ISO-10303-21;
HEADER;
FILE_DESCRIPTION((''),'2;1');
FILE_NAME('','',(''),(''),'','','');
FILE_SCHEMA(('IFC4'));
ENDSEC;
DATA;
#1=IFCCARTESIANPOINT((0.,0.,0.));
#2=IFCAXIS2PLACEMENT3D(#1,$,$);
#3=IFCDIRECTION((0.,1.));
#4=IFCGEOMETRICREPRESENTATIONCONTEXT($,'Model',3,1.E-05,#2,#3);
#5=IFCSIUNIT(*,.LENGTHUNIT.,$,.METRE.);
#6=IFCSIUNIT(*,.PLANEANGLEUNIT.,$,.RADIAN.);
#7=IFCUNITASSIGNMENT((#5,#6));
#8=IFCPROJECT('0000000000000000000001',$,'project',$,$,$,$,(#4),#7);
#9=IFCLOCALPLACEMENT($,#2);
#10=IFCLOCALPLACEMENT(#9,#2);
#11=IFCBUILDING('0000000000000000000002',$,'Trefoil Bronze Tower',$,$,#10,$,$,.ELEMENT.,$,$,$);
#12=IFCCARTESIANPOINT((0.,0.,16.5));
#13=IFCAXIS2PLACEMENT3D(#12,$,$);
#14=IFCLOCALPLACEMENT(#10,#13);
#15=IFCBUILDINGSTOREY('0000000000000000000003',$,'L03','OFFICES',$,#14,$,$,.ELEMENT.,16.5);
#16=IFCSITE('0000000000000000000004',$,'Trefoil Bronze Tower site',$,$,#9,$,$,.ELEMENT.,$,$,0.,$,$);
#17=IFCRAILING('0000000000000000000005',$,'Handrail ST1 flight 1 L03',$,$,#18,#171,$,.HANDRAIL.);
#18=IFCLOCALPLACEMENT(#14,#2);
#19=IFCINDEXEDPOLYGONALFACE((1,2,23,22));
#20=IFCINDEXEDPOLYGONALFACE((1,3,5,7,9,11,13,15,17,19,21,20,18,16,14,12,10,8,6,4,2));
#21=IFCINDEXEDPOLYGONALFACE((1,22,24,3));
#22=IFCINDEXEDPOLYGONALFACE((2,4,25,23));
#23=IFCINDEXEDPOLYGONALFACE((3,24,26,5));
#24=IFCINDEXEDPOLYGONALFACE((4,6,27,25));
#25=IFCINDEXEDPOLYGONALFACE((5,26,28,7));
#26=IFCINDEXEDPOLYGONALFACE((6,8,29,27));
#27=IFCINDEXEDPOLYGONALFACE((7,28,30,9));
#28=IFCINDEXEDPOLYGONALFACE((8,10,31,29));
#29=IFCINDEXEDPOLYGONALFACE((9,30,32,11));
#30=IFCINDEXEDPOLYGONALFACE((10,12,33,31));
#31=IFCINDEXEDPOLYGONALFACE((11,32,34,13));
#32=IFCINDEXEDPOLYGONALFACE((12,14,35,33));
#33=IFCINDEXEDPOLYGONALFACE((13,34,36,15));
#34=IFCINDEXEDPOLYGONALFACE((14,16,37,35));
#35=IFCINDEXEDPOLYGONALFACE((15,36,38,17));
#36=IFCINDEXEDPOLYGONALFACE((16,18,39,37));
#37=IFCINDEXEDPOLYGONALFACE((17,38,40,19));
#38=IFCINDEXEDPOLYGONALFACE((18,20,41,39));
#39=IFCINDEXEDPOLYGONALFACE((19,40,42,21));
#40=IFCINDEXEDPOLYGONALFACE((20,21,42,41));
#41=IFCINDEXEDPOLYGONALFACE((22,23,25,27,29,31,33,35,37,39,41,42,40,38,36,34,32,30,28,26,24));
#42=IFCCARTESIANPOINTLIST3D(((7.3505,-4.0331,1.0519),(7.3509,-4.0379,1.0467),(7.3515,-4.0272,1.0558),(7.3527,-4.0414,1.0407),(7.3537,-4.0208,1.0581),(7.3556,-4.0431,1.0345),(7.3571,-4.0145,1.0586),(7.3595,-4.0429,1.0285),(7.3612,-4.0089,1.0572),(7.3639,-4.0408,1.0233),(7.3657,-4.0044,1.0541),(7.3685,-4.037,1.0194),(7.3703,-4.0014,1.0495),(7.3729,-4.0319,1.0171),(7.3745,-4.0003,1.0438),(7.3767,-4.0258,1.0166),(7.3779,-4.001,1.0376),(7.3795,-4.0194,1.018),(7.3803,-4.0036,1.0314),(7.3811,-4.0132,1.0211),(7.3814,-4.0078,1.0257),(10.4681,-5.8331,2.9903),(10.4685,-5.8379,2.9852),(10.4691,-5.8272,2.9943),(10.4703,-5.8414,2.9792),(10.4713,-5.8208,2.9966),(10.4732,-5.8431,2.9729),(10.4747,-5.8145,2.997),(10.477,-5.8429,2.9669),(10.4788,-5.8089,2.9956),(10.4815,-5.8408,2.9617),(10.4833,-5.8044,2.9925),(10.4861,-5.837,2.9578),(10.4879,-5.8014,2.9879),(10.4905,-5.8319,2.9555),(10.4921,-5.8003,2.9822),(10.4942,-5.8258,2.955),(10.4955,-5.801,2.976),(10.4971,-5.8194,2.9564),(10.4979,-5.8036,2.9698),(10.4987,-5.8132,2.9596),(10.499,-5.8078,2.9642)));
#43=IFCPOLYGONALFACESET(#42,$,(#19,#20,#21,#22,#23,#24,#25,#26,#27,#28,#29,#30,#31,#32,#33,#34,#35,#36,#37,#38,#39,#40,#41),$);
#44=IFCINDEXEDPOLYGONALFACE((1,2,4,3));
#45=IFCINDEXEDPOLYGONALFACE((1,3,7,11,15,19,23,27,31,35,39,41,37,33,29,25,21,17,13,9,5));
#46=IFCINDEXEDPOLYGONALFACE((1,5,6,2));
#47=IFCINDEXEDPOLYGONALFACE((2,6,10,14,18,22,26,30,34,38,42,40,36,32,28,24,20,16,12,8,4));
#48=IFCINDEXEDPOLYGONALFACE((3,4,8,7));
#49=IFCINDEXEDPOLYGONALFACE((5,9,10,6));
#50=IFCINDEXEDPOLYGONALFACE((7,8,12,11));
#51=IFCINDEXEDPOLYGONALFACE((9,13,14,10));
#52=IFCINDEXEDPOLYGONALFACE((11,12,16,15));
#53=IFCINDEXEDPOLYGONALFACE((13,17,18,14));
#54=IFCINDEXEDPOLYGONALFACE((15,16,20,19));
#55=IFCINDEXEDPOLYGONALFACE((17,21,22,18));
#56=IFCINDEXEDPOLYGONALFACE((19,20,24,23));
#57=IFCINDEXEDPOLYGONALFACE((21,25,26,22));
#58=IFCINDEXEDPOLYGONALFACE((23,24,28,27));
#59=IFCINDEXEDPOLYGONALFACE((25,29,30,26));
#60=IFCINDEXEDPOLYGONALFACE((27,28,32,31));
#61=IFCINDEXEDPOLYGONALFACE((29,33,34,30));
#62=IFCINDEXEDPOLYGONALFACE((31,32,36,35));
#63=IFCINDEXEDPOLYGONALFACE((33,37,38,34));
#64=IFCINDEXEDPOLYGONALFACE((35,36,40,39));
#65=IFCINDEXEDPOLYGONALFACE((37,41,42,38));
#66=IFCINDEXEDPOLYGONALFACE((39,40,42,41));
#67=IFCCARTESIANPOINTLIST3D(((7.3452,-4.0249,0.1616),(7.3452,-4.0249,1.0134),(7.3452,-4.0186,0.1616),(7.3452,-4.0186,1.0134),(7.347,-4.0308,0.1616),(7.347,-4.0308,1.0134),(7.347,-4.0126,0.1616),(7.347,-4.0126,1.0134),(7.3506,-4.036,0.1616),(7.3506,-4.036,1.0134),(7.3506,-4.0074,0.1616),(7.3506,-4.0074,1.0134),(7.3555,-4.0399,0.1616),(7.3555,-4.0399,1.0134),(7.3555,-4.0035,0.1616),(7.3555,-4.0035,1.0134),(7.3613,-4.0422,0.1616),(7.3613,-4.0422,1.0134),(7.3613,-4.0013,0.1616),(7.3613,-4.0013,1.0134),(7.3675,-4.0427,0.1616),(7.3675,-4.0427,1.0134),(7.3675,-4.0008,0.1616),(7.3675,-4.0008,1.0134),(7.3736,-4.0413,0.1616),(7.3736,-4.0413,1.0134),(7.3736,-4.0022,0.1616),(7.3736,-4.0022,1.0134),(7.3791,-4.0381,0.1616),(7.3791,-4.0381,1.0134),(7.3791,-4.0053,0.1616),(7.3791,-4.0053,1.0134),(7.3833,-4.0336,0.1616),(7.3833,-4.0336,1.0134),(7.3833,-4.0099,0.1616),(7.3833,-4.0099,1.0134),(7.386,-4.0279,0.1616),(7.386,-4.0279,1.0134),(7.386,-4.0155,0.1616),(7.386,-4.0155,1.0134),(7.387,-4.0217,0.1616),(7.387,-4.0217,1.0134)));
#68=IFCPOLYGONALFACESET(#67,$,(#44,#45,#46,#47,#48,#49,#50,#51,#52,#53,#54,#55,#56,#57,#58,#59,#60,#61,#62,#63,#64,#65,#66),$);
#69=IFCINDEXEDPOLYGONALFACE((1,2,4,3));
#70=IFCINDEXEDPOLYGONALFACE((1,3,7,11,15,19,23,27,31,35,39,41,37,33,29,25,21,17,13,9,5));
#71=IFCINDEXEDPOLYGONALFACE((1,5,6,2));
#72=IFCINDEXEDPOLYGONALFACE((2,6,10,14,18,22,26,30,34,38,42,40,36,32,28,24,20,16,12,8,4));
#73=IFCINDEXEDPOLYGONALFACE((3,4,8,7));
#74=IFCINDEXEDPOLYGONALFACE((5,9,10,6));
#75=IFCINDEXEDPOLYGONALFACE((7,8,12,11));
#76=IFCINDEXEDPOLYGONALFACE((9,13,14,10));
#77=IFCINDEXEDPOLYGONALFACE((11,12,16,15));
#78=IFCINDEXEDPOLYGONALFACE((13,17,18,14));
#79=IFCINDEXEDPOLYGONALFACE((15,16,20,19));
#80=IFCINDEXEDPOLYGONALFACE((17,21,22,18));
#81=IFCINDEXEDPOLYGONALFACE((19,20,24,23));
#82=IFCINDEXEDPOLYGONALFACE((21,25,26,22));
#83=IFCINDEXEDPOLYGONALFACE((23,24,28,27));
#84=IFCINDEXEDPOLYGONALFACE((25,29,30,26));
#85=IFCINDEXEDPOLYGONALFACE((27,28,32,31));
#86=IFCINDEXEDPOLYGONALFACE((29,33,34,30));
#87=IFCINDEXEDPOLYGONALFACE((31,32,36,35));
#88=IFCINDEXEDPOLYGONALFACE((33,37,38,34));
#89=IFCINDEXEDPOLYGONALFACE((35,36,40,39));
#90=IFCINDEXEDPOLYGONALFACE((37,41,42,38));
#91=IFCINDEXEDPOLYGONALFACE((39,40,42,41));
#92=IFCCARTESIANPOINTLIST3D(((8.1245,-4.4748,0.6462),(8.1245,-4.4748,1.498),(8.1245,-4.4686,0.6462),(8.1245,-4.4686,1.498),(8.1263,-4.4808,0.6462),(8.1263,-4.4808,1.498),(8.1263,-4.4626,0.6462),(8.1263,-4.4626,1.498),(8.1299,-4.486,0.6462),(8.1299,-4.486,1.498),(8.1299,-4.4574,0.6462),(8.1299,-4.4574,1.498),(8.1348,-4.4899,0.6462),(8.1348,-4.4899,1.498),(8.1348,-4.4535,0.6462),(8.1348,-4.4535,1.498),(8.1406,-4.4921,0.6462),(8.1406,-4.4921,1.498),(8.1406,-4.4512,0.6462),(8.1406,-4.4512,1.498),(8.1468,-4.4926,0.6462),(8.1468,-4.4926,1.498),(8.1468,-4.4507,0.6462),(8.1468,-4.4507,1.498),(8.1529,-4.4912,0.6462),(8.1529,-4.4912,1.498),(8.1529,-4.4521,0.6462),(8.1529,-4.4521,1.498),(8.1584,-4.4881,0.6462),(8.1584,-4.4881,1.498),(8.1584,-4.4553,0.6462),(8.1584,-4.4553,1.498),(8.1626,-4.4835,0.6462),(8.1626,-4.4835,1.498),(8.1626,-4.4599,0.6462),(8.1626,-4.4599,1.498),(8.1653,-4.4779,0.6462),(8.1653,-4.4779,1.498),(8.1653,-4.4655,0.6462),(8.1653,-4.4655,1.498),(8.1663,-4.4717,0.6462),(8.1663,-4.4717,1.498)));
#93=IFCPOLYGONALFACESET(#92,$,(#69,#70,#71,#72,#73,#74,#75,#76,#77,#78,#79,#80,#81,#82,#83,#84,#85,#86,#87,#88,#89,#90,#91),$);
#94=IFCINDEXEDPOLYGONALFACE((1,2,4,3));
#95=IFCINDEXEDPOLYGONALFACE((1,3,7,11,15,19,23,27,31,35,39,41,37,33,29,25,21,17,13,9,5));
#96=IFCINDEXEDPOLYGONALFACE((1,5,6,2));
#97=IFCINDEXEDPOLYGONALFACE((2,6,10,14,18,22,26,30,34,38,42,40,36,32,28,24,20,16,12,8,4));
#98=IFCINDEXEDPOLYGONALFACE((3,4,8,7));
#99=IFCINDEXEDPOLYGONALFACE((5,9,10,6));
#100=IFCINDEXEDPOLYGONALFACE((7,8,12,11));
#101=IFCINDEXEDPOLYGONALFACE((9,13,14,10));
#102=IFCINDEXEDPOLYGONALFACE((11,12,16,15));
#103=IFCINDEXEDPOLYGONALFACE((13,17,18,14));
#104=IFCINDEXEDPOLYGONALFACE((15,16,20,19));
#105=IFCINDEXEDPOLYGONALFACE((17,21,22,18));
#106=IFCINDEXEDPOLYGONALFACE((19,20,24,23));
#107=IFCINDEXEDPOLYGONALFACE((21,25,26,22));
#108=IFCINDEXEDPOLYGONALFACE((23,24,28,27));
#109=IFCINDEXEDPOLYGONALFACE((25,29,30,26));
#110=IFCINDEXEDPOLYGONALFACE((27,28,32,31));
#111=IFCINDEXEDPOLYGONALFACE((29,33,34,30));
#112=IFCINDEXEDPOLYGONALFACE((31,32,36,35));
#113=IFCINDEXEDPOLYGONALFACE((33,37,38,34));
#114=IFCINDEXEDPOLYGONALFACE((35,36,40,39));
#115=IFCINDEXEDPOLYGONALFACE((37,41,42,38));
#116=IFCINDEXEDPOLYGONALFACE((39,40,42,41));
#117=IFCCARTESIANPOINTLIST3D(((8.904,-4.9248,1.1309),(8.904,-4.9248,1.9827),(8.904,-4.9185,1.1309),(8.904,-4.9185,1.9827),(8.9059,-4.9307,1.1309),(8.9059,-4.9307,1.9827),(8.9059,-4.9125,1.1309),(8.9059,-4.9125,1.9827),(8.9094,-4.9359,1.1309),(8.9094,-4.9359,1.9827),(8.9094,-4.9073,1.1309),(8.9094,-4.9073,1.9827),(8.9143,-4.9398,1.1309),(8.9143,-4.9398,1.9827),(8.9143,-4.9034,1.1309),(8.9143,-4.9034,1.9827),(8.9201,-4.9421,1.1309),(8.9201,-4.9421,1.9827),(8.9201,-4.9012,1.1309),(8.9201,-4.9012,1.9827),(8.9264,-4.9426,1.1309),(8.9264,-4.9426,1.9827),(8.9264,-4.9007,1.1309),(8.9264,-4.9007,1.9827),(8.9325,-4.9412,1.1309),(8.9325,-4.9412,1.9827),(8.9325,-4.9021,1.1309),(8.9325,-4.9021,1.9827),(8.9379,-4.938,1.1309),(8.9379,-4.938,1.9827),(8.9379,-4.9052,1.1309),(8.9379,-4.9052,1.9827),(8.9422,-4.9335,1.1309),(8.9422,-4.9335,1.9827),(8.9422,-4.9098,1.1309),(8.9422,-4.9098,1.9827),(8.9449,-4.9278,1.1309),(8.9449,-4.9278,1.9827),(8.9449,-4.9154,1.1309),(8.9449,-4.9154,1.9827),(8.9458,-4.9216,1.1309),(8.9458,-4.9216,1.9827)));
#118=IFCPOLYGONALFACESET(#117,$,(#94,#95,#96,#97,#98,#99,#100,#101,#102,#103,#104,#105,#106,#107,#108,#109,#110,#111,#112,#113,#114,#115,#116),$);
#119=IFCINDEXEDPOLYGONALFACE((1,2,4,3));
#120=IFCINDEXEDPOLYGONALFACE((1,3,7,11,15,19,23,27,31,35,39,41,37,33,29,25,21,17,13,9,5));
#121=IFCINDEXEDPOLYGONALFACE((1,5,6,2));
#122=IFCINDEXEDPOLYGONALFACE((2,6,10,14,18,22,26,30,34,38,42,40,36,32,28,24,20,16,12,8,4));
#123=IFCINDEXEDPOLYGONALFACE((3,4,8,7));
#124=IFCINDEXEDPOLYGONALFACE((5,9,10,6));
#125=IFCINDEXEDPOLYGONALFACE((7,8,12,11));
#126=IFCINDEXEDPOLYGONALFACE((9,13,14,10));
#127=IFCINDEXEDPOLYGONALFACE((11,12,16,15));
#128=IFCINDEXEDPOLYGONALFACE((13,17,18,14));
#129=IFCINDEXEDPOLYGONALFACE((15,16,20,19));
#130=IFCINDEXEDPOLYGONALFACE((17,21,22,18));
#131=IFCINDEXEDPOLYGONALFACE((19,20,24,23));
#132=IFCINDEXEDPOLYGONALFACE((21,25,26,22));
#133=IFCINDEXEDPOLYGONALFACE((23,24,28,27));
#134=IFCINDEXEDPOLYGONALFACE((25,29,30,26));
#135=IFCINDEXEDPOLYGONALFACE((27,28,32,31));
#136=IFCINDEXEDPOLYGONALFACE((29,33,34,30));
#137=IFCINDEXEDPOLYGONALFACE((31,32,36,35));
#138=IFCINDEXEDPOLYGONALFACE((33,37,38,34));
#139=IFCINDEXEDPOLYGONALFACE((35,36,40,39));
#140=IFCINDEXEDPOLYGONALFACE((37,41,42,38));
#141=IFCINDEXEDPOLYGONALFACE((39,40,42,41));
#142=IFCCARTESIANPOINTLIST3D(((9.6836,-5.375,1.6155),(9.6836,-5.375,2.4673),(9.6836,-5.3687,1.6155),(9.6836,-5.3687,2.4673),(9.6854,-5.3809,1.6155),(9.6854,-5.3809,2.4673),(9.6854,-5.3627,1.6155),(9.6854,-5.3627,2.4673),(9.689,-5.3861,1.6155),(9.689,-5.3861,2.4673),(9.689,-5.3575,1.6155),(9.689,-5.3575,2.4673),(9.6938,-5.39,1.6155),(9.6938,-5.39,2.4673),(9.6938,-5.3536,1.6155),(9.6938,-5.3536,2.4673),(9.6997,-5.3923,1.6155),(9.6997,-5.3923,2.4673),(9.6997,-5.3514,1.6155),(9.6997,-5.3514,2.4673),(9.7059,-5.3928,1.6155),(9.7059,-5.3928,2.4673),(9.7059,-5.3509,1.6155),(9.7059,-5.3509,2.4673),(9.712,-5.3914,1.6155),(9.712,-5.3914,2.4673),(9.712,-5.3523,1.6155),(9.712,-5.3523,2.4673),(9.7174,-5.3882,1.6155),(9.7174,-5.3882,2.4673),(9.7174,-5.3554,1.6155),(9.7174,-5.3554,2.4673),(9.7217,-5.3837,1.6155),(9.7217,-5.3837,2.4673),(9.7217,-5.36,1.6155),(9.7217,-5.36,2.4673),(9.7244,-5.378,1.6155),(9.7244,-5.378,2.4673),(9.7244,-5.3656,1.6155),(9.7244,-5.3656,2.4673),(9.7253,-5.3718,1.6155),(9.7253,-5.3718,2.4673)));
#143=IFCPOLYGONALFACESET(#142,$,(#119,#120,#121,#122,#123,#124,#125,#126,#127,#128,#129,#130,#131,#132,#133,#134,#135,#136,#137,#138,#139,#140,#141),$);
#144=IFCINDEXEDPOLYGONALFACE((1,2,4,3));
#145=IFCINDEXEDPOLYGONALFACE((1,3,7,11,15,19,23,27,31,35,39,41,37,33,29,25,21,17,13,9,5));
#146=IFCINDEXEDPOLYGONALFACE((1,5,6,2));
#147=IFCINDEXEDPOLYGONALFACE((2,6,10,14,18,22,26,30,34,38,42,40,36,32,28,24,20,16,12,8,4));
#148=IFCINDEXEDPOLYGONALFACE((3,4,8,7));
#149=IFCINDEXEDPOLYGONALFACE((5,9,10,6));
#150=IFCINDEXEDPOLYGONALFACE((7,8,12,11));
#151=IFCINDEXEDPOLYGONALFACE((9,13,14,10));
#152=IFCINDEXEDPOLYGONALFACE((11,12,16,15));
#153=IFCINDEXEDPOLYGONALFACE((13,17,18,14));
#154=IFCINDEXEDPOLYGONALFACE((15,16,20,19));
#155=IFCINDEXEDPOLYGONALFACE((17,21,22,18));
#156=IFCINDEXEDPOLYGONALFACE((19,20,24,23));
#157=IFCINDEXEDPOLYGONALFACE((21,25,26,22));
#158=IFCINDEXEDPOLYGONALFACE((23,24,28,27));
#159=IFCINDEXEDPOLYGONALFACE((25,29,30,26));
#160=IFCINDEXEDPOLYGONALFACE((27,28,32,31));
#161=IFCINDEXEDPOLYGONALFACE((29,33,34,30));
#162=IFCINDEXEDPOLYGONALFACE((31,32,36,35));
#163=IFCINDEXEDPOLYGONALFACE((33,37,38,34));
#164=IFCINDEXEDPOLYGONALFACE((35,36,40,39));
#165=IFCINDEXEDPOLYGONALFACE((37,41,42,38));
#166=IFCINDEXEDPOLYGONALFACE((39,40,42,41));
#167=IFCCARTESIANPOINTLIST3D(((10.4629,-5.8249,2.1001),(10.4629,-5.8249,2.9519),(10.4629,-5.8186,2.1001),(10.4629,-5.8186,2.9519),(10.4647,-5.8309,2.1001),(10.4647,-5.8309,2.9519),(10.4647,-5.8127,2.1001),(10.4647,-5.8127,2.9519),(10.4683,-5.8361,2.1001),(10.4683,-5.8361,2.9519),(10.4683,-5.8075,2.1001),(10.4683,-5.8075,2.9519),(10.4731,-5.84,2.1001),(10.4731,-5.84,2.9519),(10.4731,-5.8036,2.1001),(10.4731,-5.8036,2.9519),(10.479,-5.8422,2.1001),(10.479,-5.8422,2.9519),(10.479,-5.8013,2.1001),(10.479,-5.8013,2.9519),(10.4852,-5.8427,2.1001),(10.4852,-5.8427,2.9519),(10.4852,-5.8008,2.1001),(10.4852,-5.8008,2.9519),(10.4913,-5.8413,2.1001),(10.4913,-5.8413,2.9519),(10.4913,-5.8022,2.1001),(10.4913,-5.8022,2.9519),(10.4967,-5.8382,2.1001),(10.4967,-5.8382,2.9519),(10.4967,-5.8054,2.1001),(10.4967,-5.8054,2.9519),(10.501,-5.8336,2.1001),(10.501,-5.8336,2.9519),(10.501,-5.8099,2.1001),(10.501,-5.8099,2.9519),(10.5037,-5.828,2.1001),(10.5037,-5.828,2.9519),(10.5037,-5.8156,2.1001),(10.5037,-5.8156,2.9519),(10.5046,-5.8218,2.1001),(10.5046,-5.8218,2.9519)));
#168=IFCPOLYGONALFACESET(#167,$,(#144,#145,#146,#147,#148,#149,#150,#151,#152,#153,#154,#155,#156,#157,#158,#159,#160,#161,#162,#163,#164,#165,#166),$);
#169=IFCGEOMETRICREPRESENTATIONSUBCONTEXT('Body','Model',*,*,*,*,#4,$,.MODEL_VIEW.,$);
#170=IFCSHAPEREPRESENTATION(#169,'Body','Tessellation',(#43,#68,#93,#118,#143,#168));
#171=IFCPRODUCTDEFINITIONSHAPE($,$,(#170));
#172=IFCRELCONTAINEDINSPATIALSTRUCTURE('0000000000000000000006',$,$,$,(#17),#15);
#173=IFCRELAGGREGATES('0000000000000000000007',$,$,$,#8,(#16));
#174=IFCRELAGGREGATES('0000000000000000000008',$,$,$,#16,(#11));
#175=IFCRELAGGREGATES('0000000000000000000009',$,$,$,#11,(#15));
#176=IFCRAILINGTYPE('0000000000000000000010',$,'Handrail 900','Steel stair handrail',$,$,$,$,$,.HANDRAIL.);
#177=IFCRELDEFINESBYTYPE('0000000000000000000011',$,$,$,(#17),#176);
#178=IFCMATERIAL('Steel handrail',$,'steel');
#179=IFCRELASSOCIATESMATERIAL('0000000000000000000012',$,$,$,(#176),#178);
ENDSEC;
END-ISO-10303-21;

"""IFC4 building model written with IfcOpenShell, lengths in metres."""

from ifc_helpers import new_model, si_unit, direction, frame, origin, origin_2d, place, context, subcontext, project, spatial, circle, extrude, material, type_object, element, save


model = new_model("IFC4")

# Units and contexts
model_context = context("Model", 3, precision=1e-05, world=origin(), true_north=direction((0.0, 1.0)))
body_context = subcontext(model_context, "Body", "Model", "MODEL_VIEW")
ifc_project = project(units=[si_unit("LENGTHUNIT", "METRE"), si_unit("PLANEANGLEUNIT", "RADIAN")], contexts=[model_context])

# Site, building, storey
site_placement = place(None, origin())
site = spatial("IfcSite", under=ifc_project, at=site_placement, Name="Trefoil Bronze Tower site", CompositionType="ELEMENT", RefElevation=0.0)
building_placement = place(site_placement, origin())
building = spatial("IfcBuilding", under=site, at=building_placement, Name="Trefoil Bronze Tower", CompositionType="ELEMENT")
storey_placement = place(building_placement, frame((0.0, 0.0, 16.5)))
storey = spatial("IfcBuildingStorey", under=building, at=storey_placement, Name="L03", Description="OFFICES", CompositionType="ELEMENT", Elevation=16.5)

# Railing
ifc_material_1 = material(Name="Steel handrail", Category="steel")
railing_type = type_object("IfcRailingType", Name="Handrail 900", Description="Steel stair handrail", PredefinedType="HANDRAIL", material=ifc_material_1)
railing_1_placement = place(storey_placement, frame((7.366, -4.0217, 0.1616)))
element("IfcRailing", 1, at=railing_1_placement, inside=storey, type_object=railing_type, Name="Handrail ST1 flight 1 L03", PredefinedType="HANDRAIL", context=body_context, shape_type="SweptSolid", body=[
    extrude(circle(Radius=0.0239, at=origin_2d()), frame((0.0, 0.0, 0.876), z_axis=(0.762503, -0.440246, 0.474102), x_axis=(0.500012, 0.866018, 0.0)), (0.0, 0.0, 1.0), 4.0886),
    extrude(circle(Radius=0.021, at=origin_2d()), origin(), (0.0, 0.0, 1.0), 0.8518),
    extrude(circle(Radius=0.021, at=origin_2d()), frame((0.7793, -0.45, 0.4846)), (0.0, 0.0, 1.0), 0.8518),
    extrude(circle(Radius=0.021, at=origin_2d()), frame((1.5588, -0.8999, 0.9692)), (0.0, 0.0, 1.0), 0.8518),
    extrude(circle(Radius=0.021, at=origin_2d()), frame((2.3384, -1.3501, 1.4539)), (0.0, 0.0, 1.0), 0.8518),
    extrude(circle(Radius=0.021, at=origin_2d()), frame((3.1177, -1.8, 1.9385)), (0.0, 0.0, 1.0), 0.8518),
])

save(model, "model.ifc")
